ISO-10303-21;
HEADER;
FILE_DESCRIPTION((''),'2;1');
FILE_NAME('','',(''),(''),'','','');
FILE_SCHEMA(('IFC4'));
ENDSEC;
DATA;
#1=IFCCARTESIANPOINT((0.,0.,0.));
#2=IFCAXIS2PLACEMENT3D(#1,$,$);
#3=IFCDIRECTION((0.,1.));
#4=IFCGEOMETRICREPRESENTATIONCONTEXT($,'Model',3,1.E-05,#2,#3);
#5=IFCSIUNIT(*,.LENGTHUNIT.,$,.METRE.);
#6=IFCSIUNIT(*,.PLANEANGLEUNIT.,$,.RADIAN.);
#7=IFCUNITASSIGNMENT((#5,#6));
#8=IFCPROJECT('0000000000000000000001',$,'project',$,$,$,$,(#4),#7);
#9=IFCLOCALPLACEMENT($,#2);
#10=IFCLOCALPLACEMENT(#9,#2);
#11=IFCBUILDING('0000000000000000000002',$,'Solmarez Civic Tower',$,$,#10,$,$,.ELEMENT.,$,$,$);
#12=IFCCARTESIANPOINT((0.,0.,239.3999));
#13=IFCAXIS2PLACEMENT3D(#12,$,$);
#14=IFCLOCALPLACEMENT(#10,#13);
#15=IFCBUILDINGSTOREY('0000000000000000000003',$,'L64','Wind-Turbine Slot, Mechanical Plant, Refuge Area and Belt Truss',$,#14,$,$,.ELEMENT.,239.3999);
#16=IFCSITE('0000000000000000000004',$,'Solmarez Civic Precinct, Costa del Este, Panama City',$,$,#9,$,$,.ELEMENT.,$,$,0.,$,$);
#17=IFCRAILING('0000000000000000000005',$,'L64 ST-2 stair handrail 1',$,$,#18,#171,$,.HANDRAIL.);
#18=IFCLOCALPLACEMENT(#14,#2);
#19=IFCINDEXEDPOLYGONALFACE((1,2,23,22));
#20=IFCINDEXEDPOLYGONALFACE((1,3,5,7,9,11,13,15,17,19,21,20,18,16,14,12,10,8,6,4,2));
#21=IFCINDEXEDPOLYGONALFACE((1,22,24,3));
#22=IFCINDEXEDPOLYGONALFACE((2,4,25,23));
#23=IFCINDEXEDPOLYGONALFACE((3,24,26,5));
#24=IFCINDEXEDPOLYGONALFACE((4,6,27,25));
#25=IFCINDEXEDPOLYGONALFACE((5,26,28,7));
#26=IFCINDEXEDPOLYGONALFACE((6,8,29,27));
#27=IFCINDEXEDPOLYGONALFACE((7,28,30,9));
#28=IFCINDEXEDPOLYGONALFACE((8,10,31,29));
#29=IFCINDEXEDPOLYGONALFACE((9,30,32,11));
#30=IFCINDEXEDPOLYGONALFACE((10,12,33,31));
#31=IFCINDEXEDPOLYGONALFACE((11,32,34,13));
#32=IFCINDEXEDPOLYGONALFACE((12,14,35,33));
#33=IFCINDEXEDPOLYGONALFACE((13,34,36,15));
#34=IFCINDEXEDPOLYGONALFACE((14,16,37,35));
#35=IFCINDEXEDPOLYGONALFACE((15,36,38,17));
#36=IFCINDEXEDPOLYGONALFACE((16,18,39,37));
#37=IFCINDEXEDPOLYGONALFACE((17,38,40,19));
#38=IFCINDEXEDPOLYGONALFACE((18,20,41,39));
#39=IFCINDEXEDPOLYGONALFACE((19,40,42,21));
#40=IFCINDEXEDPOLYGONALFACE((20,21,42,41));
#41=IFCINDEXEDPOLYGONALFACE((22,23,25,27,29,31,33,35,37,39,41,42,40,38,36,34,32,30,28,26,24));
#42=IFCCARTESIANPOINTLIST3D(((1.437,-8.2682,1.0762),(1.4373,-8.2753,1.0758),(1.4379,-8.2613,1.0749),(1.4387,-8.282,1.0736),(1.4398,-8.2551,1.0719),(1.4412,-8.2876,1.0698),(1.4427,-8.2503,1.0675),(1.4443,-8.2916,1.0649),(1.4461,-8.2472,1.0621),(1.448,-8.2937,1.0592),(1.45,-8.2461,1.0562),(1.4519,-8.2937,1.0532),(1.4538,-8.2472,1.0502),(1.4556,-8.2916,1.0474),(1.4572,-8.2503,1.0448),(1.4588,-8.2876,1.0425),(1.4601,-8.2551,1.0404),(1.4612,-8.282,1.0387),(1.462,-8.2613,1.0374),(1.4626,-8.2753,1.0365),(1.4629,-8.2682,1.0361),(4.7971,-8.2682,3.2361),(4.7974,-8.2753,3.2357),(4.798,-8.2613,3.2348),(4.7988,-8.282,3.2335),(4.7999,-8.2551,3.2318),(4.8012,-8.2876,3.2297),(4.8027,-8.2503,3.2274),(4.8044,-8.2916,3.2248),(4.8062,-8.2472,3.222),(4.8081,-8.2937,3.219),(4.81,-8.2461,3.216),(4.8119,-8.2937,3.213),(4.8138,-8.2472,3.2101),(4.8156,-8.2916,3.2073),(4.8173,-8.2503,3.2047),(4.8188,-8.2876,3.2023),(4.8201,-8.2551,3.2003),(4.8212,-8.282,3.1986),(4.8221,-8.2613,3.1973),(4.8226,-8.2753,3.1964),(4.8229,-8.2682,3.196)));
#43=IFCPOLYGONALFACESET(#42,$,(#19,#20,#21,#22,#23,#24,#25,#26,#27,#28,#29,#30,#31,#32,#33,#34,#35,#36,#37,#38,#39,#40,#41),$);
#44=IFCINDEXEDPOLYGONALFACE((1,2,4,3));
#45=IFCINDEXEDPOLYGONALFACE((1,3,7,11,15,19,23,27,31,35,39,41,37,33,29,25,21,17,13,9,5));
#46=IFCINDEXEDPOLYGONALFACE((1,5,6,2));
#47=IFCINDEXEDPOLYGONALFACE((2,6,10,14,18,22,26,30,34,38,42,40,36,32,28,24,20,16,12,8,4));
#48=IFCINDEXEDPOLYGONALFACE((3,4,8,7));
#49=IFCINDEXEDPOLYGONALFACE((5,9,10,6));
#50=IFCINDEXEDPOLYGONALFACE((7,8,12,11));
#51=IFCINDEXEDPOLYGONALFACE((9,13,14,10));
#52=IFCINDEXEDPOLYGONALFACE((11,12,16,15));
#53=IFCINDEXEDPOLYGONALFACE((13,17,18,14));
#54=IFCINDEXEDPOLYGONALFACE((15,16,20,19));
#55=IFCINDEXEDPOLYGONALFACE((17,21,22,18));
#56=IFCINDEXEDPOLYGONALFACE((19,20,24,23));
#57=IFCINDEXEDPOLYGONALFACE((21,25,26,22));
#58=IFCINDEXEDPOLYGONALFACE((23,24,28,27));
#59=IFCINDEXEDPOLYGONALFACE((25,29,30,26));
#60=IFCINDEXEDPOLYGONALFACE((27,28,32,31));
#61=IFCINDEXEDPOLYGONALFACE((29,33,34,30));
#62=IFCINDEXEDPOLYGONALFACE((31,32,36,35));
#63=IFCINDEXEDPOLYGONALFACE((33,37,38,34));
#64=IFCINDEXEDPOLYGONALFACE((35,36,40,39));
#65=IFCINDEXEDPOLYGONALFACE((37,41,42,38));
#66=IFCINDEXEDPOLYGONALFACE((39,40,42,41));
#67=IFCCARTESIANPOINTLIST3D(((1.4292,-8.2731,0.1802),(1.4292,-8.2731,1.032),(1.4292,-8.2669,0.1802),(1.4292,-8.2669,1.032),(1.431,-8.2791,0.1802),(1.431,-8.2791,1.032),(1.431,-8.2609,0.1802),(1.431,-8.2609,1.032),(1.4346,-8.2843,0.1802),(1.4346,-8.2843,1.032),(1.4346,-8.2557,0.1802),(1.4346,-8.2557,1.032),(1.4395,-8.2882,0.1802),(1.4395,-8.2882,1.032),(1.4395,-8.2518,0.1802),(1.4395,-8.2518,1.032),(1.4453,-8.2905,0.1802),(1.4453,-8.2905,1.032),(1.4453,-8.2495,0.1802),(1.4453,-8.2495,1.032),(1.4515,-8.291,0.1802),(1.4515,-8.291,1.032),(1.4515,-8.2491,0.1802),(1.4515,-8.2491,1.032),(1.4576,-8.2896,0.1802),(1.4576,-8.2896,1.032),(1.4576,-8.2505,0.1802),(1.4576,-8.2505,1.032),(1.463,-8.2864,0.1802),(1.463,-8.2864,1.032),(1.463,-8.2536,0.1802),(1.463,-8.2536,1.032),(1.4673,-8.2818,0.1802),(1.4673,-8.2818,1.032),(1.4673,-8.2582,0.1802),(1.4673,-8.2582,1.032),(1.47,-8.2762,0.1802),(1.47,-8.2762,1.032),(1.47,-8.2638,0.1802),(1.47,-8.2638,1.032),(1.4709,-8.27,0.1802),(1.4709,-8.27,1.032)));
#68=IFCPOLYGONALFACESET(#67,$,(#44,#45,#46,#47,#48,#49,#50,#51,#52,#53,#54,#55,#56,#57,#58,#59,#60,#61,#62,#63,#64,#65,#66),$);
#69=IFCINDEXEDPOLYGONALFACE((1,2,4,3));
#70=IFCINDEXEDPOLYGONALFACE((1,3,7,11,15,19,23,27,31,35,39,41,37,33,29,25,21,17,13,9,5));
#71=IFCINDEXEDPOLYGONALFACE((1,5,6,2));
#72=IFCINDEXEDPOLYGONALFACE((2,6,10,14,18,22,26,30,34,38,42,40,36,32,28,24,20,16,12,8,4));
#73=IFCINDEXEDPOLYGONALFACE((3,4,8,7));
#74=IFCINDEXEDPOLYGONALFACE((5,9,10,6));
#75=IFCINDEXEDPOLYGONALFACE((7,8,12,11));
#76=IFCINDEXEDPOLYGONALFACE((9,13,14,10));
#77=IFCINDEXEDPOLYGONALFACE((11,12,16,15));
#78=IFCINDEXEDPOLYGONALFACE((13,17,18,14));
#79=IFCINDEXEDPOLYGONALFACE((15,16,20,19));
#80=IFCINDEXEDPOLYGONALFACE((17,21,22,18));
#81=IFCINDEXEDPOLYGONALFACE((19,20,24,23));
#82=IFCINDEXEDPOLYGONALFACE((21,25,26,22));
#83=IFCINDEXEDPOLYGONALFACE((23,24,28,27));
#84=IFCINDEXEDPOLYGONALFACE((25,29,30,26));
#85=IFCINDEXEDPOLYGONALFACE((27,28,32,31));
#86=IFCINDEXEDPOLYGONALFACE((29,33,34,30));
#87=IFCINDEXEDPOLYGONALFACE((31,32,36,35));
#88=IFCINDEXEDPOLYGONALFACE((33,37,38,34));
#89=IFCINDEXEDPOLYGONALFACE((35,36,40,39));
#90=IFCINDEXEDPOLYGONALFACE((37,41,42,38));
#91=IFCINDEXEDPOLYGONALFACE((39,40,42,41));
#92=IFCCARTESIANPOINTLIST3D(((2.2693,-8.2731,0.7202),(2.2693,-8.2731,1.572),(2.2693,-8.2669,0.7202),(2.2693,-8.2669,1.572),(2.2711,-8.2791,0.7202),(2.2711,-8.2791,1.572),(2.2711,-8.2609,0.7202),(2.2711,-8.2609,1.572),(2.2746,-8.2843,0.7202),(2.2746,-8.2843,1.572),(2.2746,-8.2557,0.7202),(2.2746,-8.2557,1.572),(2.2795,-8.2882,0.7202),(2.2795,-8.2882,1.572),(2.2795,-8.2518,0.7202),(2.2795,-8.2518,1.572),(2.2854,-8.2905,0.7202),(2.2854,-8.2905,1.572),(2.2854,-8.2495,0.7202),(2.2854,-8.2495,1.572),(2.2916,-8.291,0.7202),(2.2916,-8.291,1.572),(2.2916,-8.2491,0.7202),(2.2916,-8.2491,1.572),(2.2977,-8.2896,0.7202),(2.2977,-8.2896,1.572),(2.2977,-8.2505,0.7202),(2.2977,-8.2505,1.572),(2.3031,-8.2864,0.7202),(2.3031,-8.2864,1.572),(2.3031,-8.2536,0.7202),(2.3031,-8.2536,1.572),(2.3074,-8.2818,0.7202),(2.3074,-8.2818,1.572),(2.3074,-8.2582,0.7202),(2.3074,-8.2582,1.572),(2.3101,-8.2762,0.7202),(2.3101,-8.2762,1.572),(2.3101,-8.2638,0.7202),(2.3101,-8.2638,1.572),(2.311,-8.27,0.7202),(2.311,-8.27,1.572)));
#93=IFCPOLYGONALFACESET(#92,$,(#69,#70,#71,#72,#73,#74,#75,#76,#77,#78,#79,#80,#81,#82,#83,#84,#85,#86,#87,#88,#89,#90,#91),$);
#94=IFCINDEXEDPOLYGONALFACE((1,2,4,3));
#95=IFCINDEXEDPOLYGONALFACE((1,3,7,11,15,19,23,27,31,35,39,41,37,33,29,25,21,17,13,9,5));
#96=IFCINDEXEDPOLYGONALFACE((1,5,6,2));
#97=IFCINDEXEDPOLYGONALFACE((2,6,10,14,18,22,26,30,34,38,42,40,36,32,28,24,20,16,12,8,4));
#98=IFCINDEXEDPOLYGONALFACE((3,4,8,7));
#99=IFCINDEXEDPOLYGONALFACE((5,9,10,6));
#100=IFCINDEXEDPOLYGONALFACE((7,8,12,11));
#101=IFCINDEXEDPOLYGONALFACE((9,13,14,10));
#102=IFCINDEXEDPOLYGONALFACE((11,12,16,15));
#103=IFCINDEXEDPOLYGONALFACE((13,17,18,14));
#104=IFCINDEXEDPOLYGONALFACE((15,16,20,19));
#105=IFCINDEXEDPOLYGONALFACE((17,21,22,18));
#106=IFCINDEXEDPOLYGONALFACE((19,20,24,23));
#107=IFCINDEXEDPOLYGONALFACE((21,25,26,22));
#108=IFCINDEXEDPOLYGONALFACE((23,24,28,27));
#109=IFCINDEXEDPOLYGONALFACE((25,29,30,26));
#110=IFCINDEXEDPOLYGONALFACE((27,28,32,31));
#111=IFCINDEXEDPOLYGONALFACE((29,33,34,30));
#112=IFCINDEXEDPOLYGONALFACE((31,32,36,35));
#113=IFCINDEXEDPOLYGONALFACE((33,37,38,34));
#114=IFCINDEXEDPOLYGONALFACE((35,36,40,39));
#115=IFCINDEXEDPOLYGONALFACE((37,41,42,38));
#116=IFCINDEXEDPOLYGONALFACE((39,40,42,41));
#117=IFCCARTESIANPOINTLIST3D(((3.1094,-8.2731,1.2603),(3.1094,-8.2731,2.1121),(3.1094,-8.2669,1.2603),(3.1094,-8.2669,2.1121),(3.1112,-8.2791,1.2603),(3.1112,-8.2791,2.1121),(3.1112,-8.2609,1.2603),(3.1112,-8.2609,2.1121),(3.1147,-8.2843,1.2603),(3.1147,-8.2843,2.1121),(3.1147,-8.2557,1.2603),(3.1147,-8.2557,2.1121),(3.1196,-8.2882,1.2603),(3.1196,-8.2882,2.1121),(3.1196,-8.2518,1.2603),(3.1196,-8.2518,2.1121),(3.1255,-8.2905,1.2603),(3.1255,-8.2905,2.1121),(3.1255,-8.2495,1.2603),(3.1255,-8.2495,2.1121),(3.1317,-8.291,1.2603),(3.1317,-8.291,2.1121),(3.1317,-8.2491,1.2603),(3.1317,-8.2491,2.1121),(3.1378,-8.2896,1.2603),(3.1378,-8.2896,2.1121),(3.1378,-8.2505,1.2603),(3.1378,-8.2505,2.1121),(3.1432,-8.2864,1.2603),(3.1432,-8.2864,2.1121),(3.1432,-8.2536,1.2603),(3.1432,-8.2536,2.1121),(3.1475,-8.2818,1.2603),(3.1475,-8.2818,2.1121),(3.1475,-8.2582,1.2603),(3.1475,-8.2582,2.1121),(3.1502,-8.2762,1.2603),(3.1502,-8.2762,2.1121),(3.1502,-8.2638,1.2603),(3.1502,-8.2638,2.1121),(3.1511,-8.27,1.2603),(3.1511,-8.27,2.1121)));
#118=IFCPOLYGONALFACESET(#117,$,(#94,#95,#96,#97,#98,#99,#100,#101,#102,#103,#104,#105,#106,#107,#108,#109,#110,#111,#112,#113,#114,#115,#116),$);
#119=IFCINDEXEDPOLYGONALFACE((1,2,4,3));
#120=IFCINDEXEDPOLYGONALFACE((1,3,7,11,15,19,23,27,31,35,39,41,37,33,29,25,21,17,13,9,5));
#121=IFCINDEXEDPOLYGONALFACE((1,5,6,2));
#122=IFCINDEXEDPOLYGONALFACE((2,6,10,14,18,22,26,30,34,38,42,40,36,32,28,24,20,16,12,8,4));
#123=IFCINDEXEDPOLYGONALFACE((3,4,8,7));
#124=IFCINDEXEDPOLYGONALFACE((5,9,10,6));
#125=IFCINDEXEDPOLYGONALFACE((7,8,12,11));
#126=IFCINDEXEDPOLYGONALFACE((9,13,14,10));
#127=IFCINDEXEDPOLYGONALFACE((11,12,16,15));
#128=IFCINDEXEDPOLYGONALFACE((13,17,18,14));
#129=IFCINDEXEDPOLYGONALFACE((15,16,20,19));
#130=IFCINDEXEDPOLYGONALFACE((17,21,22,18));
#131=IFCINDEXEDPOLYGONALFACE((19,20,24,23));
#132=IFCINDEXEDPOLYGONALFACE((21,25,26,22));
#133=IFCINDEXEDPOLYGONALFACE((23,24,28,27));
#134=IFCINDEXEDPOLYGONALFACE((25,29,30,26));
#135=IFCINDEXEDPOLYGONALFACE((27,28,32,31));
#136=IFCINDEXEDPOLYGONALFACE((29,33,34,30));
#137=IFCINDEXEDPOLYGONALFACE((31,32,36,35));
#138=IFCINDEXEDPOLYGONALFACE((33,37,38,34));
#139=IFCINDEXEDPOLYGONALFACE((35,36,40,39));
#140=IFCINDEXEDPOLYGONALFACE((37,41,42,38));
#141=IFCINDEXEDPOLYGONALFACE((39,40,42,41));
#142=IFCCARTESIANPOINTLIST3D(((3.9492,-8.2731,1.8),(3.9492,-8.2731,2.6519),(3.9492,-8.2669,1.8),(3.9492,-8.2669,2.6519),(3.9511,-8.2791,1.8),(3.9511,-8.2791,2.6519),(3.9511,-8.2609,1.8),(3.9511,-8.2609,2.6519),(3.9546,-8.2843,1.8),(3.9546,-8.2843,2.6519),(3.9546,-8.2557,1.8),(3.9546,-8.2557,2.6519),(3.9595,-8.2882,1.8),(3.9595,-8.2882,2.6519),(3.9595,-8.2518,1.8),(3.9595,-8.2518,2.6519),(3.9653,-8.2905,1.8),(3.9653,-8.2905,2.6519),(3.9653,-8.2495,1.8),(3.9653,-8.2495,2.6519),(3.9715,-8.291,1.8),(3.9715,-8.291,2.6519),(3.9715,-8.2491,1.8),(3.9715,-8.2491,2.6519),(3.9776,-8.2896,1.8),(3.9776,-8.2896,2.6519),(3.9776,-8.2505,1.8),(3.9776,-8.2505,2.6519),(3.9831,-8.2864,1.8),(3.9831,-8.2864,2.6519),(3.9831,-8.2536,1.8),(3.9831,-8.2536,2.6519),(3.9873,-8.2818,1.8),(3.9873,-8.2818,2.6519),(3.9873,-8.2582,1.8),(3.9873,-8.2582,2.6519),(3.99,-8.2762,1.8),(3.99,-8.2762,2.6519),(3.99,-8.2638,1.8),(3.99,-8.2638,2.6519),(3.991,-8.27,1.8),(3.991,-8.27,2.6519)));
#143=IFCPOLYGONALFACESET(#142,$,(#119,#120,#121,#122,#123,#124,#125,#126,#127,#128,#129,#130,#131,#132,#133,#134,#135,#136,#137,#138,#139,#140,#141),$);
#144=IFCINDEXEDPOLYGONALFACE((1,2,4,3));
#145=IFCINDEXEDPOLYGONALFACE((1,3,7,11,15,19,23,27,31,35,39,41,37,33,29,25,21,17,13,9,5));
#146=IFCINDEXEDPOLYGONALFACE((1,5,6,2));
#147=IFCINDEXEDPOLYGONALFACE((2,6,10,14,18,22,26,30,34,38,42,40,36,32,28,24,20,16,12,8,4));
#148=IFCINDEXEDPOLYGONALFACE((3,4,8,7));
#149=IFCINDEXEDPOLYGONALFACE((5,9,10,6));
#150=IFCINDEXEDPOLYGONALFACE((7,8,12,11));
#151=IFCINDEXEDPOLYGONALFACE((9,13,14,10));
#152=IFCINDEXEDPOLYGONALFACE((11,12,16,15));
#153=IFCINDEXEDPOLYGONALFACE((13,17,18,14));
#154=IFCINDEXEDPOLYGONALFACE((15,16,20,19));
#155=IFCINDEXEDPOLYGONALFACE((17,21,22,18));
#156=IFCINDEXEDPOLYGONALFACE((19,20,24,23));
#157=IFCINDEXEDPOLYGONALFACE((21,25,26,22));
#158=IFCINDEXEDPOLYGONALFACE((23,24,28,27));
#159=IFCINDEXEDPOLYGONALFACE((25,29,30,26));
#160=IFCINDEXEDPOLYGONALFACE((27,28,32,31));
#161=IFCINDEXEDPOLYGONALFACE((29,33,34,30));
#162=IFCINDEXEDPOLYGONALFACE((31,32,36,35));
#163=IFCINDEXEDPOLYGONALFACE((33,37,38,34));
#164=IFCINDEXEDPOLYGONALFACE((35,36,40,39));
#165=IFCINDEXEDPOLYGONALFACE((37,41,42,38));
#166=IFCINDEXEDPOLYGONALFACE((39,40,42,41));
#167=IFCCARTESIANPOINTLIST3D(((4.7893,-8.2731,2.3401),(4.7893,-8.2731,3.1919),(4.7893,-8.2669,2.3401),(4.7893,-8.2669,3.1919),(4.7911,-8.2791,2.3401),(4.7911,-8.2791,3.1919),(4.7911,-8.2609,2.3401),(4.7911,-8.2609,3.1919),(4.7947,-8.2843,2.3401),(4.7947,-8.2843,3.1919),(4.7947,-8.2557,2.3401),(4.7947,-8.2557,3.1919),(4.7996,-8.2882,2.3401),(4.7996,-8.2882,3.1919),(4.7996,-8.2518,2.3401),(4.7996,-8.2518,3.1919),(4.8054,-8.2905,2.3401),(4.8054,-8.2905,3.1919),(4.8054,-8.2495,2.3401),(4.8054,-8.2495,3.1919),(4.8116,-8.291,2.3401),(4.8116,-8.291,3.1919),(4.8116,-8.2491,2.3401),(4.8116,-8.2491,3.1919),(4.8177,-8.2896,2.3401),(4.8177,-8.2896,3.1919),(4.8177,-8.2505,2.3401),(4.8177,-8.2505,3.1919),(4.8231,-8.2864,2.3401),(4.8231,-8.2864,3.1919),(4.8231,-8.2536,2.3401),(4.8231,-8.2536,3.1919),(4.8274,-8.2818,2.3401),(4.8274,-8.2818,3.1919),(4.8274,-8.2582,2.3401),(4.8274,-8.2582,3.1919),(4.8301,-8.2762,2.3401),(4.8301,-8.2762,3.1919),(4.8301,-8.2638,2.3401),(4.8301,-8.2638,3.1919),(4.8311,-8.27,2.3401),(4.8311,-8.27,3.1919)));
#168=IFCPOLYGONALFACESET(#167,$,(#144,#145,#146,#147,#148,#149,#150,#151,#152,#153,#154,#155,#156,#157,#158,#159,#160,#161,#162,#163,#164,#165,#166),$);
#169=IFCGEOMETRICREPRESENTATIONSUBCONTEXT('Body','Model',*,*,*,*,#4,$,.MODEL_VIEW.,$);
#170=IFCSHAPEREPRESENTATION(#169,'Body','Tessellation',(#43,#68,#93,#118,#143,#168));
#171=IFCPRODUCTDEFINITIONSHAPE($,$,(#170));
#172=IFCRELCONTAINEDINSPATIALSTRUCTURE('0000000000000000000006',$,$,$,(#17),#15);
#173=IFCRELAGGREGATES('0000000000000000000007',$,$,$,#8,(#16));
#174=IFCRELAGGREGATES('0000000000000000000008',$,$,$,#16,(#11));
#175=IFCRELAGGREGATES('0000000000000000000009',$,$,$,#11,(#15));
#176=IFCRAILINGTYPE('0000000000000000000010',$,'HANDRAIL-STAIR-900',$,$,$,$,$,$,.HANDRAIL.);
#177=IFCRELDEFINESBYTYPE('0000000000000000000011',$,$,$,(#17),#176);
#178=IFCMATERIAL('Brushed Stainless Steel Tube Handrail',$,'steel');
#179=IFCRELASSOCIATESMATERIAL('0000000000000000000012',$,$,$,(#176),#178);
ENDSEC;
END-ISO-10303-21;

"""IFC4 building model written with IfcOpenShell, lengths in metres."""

from ifc_helpers import new_model, si_unit, direction, frame, origin, origin_2d, place, context, subcontext, project, spatial, circle, extrude, material, type_object, element, save


model = new_model("IFC4")

# Units and contexts
model_context = context("Model", 3, precision=1e-05, world=origin(), true_north=direction((0.0, 1.0)))
body_context = subcontext(model_context, "Body", "Model", "MODEL_VIEW")
ifc_project = project(units=[si_unit("LENGTHUNIT", "METRE"), si_unit("PLANEANGLEUNIT", "RADIAN")], contexts=[model_context])

# Site, building, storey
site_placement = place(None, origin())
site = spatial("IfcSite", under=ifc_project, at=site_placement, Name="Solmarez Civic Precinct, Costa del Este, Panama City", CompositionType="ELEMENT", RefElevation=0.0)
building_placement = place(site_placement, origin())
building = spatial("IfcBuilding", under=site, at=building_placement, Name="Solmarez Civic Tower", CompositionType="ELEMENT")
storey_placement = place(building_placement, frame((0.0, 0.0, 239.3999)))
storey = spatial("IfcBuildingStorey", under=building, at=storey_placement, Name="L64", Description="Wind-Turbine Slot, Mechanical Plant, Refuge Area and Belt Truss", CompositionType="ELEMENT", Elevation=239.3999)

# Railing
ifc_material_1 = material(Name="Brushed Stainless Steel Tube Handrail", Category="steel")
railing_type_1 = type_object("IfcRailingType", Name="HANDRAIL-STAIR-900", PredefinedType="HANDRAIL", material=ifc_material_1)
railing_1_placement = place(storey_placement, frame((1.45, -8.27, 0.1802)))
element("IfcRailing", 1, at=railing_1_placement, inside=storey, type_object=railing_type_1, Name="L64 ST-2 stair handrail 1", PredefinedType="HANDRAIL", context=body_context, shape_type="SweptSolid", body=[
    extrude(circle(Radius=0.0239, at=origin_2d()), frame((0.0, 0.0, 0.876), z_axis=(0.841196, 0.0, 0.54073), x_axis=(0.0, 1.0, 0.0)), (0.0, 0.0, 1.0), 3.9944),
    extrude(circle(Radius=0.021, at=origin_2d()), origin(), (0.0, 0.0, 1.0), 0.8518),
    extrude(circle(Radius=0.021, at=origin_2d()), frame((0.8401, 0.0, 0.54)), (0.0, 0.0, 1.0), 0.8518),
    extrude(circle(Radius=0.021, at=origin_2d()), frame((1.6802, 0.0, 1.0801)), (0.0, 0.0, 1.0), 0.8518),
    extrude(circle(Radius=0.021, at=origin_2d()), frame((2.52, 0.0, 1.6199)), (0.0, 0.0, 1.0), 0.8518),
    extrude(circle(Radius=0.021, at=origin_2d()), frame((3.3601, 0.0, 2.1599)), (0.0, 0.0, 1.0), 0.8518),
])

save(model, "model.ifc")
